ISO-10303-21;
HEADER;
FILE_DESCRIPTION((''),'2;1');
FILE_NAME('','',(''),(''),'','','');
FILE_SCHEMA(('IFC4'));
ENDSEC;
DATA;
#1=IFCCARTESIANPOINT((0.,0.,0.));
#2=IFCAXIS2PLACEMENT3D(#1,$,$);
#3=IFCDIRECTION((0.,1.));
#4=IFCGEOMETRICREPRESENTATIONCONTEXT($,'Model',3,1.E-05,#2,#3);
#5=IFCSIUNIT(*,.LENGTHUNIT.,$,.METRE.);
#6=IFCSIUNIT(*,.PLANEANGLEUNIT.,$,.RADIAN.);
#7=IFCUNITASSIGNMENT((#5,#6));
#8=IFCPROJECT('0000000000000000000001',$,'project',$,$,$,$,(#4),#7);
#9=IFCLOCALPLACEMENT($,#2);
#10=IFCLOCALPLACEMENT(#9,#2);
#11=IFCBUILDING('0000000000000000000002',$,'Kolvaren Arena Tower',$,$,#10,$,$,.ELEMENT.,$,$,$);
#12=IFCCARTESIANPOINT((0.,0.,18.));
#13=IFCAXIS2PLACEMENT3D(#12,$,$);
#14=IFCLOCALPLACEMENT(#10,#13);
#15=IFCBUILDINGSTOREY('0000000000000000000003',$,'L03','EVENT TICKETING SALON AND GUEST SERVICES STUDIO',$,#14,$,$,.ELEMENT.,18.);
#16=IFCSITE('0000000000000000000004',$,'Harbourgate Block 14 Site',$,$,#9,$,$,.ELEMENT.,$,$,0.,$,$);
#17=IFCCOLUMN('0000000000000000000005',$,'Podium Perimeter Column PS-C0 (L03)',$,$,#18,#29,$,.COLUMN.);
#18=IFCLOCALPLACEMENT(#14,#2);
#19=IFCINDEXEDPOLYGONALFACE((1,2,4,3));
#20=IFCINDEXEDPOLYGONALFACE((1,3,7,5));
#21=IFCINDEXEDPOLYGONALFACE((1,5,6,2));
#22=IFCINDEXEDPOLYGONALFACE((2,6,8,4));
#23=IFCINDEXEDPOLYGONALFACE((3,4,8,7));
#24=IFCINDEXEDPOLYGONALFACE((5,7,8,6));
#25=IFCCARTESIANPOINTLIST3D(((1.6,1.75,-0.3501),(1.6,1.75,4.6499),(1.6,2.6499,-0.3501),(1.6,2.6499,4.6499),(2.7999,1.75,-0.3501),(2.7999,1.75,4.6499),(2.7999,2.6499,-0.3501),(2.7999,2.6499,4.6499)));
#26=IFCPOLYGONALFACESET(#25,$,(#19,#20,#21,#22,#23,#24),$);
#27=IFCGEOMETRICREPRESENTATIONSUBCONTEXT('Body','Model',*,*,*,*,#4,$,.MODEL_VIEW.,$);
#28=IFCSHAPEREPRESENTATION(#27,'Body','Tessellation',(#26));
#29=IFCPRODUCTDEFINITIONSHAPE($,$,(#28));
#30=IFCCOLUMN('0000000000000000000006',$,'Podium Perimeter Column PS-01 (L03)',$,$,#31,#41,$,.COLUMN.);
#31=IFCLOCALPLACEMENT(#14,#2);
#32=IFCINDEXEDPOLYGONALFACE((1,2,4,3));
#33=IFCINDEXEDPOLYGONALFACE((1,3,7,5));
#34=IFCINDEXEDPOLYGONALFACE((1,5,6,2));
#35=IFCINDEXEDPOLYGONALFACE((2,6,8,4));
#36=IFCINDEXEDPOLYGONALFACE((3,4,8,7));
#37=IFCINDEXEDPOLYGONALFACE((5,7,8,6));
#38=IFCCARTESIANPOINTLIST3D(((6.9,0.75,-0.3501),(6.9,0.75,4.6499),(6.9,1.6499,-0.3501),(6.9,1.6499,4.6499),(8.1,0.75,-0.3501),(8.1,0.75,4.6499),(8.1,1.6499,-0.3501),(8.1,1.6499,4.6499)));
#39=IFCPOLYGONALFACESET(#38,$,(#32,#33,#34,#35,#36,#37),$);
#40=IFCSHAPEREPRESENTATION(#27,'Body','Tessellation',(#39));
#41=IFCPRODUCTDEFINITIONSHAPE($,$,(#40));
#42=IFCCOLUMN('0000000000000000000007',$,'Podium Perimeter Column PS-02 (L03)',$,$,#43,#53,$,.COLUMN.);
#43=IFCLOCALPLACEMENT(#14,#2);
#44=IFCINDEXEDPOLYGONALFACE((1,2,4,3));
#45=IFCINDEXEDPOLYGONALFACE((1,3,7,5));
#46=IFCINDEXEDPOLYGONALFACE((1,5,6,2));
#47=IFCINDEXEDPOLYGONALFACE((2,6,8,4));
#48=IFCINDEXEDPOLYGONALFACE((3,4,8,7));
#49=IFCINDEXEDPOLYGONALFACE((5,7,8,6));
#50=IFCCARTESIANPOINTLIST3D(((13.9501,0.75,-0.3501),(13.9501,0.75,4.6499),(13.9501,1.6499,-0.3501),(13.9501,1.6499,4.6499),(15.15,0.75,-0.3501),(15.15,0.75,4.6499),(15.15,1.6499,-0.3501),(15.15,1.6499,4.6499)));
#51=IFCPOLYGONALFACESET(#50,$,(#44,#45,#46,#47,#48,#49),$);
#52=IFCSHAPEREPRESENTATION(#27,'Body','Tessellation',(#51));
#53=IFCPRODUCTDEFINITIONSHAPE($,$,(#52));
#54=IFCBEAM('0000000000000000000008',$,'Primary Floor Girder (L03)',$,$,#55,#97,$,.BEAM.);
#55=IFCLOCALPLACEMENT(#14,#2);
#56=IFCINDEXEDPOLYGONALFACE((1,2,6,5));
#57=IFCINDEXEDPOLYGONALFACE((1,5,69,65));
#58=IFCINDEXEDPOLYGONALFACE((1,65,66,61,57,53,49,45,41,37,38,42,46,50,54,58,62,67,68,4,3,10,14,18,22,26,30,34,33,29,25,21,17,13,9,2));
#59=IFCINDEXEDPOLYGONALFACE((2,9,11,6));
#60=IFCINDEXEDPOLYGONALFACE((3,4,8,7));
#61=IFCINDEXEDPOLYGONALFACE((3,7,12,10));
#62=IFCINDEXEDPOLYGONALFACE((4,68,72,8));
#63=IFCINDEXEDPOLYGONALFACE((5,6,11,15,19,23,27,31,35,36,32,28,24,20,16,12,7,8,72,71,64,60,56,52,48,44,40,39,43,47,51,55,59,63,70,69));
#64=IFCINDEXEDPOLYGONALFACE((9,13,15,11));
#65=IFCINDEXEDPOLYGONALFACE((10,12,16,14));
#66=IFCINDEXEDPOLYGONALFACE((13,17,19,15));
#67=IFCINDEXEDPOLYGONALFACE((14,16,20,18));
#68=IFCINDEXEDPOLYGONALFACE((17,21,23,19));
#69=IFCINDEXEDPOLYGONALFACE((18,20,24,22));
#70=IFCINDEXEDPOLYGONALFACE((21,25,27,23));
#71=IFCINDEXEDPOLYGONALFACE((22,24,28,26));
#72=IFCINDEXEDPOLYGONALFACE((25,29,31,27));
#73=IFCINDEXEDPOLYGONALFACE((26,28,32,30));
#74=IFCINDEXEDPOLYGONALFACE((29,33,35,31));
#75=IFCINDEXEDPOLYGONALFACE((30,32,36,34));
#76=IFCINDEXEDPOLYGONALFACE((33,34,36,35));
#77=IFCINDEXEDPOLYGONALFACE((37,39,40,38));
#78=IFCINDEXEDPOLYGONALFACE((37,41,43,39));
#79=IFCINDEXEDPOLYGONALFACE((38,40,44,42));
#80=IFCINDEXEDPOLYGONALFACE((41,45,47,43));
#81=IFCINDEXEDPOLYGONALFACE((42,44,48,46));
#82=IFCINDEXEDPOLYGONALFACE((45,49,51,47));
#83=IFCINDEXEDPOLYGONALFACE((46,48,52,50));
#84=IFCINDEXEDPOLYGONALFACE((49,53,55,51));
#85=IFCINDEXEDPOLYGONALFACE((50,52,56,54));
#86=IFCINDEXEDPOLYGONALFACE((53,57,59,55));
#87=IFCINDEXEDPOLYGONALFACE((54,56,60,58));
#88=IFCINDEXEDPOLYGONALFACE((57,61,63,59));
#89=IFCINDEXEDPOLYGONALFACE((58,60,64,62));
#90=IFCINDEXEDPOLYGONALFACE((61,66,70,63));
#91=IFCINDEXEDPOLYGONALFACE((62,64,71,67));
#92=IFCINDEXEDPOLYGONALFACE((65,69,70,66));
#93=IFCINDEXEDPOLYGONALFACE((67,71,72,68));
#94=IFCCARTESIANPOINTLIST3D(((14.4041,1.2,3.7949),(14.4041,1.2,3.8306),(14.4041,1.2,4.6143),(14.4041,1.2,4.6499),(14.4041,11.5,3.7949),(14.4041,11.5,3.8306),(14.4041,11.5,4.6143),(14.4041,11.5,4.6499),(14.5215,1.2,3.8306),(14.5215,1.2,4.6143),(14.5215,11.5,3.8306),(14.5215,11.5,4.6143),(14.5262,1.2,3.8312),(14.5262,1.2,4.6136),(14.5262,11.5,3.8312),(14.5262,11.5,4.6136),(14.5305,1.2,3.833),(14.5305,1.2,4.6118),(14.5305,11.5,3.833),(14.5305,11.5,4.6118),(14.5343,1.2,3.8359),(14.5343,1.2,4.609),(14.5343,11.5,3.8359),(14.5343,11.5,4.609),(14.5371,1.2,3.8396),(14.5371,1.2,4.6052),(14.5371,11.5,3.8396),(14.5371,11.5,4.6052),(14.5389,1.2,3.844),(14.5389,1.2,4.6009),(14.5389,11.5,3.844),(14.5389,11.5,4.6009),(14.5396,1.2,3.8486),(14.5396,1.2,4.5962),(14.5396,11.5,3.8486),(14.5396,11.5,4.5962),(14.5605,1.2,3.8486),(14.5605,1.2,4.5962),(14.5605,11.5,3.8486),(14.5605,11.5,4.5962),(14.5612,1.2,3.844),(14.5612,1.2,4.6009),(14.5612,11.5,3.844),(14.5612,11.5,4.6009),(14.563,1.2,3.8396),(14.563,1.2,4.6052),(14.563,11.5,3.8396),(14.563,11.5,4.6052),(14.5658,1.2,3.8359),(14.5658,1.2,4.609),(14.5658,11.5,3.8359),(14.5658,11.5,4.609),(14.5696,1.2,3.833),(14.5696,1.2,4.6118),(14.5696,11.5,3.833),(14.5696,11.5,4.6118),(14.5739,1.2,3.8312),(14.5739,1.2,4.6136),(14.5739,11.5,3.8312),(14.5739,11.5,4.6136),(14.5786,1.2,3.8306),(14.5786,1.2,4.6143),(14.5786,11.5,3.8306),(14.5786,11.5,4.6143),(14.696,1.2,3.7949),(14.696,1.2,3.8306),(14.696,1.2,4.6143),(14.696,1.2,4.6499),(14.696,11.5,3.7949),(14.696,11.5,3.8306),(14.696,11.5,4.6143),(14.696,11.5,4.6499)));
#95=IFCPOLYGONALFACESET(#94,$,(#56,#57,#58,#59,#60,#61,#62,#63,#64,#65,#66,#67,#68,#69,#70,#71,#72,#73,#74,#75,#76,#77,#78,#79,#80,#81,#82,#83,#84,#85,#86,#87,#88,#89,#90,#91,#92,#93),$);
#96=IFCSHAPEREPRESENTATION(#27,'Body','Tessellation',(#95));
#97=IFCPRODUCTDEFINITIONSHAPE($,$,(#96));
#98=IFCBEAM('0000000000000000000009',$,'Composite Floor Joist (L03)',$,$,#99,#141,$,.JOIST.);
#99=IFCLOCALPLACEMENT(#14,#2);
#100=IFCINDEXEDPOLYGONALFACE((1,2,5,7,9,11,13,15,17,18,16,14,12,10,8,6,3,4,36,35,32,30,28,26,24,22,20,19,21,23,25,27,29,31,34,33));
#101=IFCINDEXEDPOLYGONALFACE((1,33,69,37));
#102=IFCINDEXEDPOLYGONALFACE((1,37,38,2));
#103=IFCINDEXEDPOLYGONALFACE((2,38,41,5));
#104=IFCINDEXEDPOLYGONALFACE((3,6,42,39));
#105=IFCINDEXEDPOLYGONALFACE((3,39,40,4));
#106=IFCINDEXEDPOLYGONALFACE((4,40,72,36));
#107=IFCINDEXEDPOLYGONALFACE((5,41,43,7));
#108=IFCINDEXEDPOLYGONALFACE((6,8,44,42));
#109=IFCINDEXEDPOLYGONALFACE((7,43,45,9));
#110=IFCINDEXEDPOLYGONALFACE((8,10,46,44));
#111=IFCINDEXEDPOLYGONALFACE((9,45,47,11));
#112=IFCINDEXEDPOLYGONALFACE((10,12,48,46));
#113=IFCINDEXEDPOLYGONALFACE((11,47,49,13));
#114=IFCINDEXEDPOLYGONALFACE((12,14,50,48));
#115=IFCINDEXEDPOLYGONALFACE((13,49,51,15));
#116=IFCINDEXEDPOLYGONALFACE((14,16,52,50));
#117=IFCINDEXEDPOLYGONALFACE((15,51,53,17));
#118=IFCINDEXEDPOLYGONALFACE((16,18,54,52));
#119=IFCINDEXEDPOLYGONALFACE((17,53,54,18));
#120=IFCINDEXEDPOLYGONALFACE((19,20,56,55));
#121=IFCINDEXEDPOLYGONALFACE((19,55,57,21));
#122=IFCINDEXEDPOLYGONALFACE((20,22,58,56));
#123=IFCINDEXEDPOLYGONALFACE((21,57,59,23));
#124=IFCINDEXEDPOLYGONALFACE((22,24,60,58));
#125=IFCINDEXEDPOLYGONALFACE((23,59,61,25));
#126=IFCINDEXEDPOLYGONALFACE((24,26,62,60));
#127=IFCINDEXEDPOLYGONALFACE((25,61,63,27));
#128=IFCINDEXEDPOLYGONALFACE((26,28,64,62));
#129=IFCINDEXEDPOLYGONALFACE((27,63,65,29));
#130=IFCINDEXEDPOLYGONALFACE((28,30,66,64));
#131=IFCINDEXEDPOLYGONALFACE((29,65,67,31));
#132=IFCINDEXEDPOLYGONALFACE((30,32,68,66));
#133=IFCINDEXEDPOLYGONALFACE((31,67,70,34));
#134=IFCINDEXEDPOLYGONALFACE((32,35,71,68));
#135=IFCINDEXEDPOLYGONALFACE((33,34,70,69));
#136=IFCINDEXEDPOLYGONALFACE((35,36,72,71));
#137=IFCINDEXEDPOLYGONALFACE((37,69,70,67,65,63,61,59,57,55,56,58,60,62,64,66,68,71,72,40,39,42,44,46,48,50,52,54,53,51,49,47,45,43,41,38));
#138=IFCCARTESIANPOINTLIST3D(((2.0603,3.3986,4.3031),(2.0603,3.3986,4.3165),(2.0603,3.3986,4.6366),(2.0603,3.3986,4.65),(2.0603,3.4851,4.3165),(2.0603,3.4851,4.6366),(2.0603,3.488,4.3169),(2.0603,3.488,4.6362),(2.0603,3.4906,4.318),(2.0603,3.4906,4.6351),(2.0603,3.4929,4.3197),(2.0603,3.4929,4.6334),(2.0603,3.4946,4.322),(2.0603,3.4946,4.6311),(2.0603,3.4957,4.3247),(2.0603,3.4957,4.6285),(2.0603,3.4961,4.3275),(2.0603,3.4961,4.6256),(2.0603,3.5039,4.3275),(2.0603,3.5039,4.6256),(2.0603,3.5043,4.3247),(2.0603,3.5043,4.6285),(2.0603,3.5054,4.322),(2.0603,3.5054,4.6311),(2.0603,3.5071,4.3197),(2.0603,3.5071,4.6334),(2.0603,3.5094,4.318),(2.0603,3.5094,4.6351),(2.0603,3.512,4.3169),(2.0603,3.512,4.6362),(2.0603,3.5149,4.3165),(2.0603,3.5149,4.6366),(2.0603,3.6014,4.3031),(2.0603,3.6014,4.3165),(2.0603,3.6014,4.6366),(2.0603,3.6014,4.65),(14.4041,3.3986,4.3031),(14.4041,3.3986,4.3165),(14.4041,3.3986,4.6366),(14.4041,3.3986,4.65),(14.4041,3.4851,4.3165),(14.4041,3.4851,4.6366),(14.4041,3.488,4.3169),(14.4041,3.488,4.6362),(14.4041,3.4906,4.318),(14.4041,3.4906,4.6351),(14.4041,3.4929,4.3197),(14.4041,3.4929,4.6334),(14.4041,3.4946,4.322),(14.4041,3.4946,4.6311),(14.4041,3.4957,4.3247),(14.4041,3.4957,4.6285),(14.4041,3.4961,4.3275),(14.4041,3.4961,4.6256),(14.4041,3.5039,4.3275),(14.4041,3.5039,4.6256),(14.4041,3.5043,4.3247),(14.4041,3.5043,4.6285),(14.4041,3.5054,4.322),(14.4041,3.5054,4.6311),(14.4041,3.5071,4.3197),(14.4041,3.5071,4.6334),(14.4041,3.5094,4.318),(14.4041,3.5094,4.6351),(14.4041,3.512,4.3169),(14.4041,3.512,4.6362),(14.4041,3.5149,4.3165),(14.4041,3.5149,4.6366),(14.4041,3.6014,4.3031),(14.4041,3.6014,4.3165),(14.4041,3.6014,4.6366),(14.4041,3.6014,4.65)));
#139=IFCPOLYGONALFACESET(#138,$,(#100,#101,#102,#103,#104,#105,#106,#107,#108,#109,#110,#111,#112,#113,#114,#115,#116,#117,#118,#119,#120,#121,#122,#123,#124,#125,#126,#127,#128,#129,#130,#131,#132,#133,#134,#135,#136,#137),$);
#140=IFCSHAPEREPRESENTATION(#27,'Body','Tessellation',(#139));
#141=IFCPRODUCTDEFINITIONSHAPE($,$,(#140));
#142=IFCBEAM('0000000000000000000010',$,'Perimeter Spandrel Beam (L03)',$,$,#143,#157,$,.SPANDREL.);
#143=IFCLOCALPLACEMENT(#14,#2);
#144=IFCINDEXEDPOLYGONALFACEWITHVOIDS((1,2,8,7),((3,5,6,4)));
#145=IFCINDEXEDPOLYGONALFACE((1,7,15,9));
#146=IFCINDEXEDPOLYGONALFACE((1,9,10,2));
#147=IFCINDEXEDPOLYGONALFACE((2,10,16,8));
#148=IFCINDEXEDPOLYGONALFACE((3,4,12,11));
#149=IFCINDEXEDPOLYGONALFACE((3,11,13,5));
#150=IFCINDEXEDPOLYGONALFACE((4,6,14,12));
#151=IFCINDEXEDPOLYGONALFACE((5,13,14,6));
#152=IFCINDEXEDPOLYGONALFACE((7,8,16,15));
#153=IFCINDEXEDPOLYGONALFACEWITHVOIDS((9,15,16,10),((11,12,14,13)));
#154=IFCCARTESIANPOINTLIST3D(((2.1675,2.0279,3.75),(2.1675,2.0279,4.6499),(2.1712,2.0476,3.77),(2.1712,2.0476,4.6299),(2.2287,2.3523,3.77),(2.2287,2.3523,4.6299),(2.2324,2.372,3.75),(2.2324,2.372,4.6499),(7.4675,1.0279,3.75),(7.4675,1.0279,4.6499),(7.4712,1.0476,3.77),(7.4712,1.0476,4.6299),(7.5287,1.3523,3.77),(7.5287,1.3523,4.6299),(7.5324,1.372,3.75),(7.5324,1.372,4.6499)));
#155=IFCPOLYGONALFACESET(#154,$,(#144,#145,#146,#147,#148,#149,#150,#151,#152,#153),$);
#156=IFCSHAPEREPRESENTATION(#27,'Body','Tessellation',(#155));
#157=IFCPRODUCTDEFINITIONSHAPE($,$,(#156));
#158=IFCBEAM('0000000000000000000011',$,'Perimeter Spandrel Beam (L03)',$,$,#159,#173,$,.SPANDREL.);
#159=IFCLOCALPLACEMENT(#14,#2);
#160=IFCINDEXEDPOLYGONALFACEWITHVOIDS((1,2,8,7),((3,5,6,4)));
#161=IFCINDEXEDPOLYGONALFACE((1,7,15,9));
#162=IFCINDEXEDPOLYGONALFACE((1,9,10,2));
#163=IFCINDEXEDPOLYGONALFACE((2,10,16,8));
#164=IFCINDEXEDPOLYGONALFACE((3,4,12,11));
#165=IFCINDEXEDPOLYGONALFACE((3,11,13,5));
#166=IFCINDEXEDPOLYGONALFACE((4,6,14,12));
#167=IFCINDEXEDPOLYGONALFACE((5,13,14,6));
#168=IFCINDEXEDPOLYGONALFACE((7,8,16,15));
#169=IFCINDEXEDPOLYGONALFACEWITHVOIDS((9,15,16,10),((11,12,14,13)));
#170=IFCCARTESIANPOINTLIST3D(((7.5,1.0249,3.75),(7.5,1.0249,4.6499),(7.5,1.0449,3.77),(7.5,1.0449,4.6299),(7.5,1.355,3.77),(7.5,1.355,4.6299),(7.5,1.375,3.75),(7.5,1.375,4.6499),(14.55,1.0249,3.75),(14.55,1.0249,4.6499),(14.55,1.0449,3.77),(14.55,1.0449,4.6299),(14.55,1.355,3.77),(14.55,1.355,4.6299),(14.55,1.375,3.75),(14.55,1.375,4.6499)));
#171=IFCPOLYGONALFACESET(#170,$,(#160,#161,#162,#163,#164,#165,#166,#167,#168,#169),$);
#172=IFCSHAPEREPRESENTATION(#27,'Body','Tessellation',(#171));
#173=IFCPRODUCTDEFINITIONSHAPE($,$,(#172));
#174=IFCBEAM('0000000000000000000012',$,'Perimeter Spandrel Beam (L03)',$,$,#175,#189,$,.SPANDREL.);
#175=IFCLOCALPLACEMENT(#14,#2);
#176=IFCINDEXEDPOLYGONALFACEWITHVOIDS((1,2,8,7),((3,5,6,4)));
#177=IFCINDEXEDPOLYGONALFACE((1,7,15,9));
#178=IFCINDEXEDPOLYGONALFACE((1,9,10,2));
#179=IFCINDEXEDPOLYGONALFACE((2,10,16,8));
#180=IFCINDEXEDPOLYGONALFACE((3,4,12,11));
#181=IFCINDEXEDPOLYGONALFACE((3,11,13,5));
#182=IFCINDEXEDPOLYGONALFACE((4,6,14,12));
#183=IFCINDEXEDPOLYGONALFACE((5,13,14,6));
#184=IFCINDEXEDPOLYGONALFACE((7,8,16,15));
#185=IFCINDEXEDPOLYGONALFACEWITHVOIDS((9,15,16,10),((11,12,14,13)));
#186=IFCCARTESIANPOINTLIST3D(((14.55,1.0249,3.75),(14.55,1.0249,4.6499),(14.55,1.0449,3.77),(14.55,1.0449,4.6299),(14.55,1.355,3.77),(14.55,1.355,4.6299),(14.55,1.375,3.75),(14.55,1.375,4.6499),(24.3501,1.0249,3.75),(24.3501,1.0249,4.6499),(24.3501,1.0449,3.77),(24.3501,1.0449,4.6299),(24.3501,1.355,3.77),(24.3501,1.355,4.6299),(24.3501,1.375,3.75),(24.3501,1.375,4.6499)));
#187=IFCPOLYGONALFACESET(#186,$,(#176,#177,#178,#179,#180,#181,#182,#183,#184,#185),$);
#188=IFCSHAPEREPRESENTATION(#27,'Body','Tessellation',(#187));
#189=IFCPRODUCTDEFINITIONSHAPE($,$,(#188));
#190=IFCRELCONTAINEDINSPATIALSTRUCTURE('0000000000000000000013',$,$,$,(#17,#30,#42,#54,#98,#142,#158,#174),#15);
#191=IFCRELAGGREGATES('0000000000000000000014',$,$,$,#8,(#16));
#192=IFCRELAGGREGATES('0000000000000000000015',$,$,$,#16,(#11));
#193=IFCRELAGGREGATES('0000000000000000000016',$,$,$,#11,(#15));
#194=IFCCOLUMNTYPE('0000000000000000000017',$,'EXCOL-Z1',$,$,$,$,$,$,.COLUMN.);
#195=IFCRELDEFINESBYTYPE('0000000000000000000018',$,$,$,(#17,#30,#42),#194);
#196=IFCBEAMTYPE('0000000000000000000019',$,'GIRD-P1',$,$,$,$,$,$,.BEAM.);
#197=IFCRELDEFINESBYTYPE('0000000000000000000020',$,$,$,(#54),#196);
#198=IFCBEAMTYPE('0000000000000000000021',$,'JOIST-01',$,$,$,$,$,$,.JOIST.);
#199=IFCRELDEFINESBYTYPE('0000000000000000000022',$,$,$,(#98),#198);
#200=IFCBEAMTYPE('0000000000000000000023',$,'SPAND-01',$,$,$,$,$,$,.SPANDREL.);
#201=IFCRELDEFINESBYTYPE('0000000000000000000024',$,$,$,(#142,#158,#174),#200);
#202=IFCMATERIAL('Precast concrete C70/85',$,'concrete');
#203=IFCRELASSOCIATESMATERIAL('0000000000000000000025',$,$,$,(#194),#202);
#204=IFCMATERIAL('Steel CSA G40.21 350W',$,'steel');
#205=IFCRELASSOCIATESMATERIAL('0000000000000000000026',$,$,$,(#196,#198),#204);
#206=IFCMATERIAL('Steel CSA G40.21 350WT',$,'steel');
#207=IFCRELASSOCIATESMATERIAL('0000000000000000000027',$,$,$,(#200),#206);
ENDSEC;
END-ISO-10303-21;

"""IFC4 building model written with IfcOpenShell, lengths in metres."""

from ifc_helpers import new_model, si_unit, direction, frame, origin, origin_2d, place, context, subcontext, project, spatial, rectangle, hollow_rectangle, i_section, extrude, material, material_profile, profile_set, type_object, element, save


model = new_model("IFC4")

# Units and contexts
model_context = context("Model", 3, precision=1e-05, world=origin(), true_north=direction((0.0, 1.0)))
body_context = subcontext(model_context, "Body", "Model", "MODEL_VIEW")
ifc_project = project(units=[si_unit("LENGTHUNIT", "METRE"), si_unit("PLANEANGLEUNIT", "RADIAN")], contexts=[model_context])

# Site, building, storey
site_placement = place(None, origin())
site = spatial("IfcSite", under=ifc_project, at=site_placement, Name="Harbourgate Block 14 Site", CompositionType="ELEMENT", RefElevation=0.0)
building_placement = place(site_placement, origin())
building = spatial("IfcBuilding", under=site, at=building_placement, Name="Kolvaren Arena Tower", CompositionType="ELEMENT")
storey_placement = place(building_placement, frame((0.0, 0.0, 18.0)))
storey = spatial("IfcBuildingStorey", under=building, at=storey_placement, Name="L03", Description="EVENT TICKETING SALON AND GUEST SERVICES STUDIO", CompositionType="ELEMENT", Elevation=18.0)

# Columns
ifc_material_1 = material(Name="Precast concrete C70/85", Category="concrete")
ifc_material_profile_1 = material_profile(ifc_material_1, rectangle(XDim=1.2, YDim=0.8999, at=origin_2d()), Name="RC-1200x900")
ifc_profile_set_1 = profile_set([ifc_material_profile_1], Name="Precast concrete C70/85")
column_type = type_object("IfcColumnType", Name="EXCOL-Z1", PredefinedType="COLUMN", material=ifc_profile_set_1)
for number, where, z_axis, x_axis, name in (
    (1, (2.2, 2.2, -0.3501), (0.0, 0.0, 1.0), (1.0, 0.0, 0.0), "Podium Perimeter Column PS-C0 (L03)"),
    (2, (7.5, 1.2, -0.3501), (0.0, 0.0, 1.0), (1.0, 0.0, 0.0), "Podium Perimeter Column PS-01 (L03)"),
    (3, (14.55, 1.2, -0.3501), (0.0, 0.0, 1.0), (1.0, 0.0, 0.0), "Podium Perimeter Column PS-02 (L03)"),
):
    element("IfcColumn", number, at=place(storey_placement, frame(where, z_axis=z_axis, x_axis=x_axis)), inside=storey, type_object=column_type, Name=name, PredefinedType="COLUMN", context=body_context, shape_type="SweptSolid", body=[
        extrude(rectangle(XDim=1.2, YDim=0.8999, at=origin_2d()), origin(), (0.0, 0.0, 1.0), 5.0),
    ])

# Beams
ifc_material_2 = material(Name="Steel CSA G40.21 350W", Category="steel")
ifc_material_profile_2 = material_profile(ifc_material_2, i_section(OverallWidth=0.292, OverallDepth=0.855, WebThickness=0.021, FlangeThickness=0.0356, FilletRadius=0.0181, at=origin_2d()), Name="W840x299")
ifc_profile_set_2 = profile_set([ifc_material_profile_2], Name="Steel CSA G40.21 350W")
beam_type_1 = type_object("IfcBeamType", Name="GIRD-P1", PredefinedType="BEAM", material=ifc_profile_set_2)
beam_1_placement = place(storey_placement, frame((14.55, 1.2, 4.2224), z_axis=(0.0, 1.0, 0.0), x_axis=(-1.0, 0.0, 0.0)))
element("IfcBeam", 4, at=beam_1_placement, inside=storey, type_object=beam_type_1, Name="Primary Floor Girder (L03)", PredefinedType="BEAM", context=body_context, shape_type="SweptSolid", body=[
    extrude(i_section(OverallWidth=0.292, OverallDepth=0.855, WebThickness=0.021, FlangeThickness=0.0356, FilletRadius=0.0181, at=origin_2d()), origin(), (0.0, 0.0, 1.0), 10.3),
])
ifc_material_profile_3 = material_profile(ifc_material_2, i_section(OverallWidth=0.2029, OverallDepth=0.3469, WebThickness=0.0078, FlangeThickness=0.0134, FilletRadius=0.011, at=origin_2d()), Name="W360x64")
ifc_profile_set_3 = profile_set([ifc_material_profile_3], Name="Steel CSA G40.21 350W")
beam_type_2 = type_object("IfcBeamType", Name="JOIST-01", PredefinedType="JOIST", material=ifc_profile_set_3)
beam_2_placement = place(storey_placement, frame((2.0603, 3.5, 4.4766), z_axis=(1.0, 0.0, 0.0), x_axis=(0.0, 1.0, 0.0)))
element("IfcBeam", 5, at=beam_2_placement, inside=storey, type_object=beam_type_2, Name="Composite Floor Joist (L03)", PredefinedType="JOIST", context=body_context, shape_type="SweptSolid", body=[
    extrude(i_section(OverallWidth=0.2029, OverallDepth=0.3469, WebThickness=0.0078, FlangeThickness=0.0134, FilletRadius=0.011, at=origin_2d()), origin(), (0.0, 0.0, 1.0), 12.3438),
])
ifc_material_3 = material(Name="Steel CSA G40.21 350WT", Category="steel")
ifc_material_profile_4 = material_profile(ifc_material_3, hollow_rectangle(XDim=0.3501, YDim=0.8999, WallThickness=0.02, at=origin_2d()), Name="HSS 900x350x20")
ifc_profile_set_4 = profile_set([ifc_material_profile_4], Name="Steel CSA G40.21 350WT")
beam_type_3 = type_object("IfcBeamType", Name="SPAND-01", PredefinedType="SPANDREL", material=ifc_profile_set_4)
beam_3_placement = place(storey_placement, frame((2.2, 2.2, 4.2), z_axis=(0.982662, -0.185406, 0.0), x_axis=(0.185406, 0.982662, 0.0)))
element("IfcBeam", 6, at=beam_3_placement, inside=storey, type_object=beam_type_3, Name="Perimeter Spandrel Beam (L03)", PredefinedType="SPANDREL", context=body_context, shape_type="SweptSolid", body=[
    extrude(hollow_rectangle(XDim=0.3501, YDim=0.8999, WallThickness=0.02, at=origin_2d()), origin(), (0.0, 0.0, 1.0), 5.3936),
])
beam_4_placement = place(storey_placement, frame((7.5, 1.2, 4.2), z_axis=(1.0, 0.0, 0.0), x_axis=(0.0, 1.0, 0.0)))
element("IfcBeam", 7, at=beam_4_placement, inside=storey, type_object=beam_type_3, Name="Perimeter Spandrel Beam (L03)", PredefinedType="SPANDREL", context=body_context, shape_type="SweptSolid", body=[
    extrude(hollow_rectangle(XDim=0.3501, YDim=0.8999, WallThickness=0.02, at=origin_2d()), origin(), (0.0, 0.0, 1.0), 7.05),
])
beam_5_placement = place(storey_placement, frame((14.55, 1.2, 4.2), z_axis=(1.0, 0.0, 0.0), x_axis=(0.0, 1.0, 0.0)))
element("IfcBeam", 8, at=beam_5_placement, inside=storey, type_object=beam_type_3, Name="Perimeter Spandrel Beam (L03)", PredefinedType="SPANDREL", context=body_context, shape_type="SweptSolid", body=[
    extrude(hollow_rectangle(XDim=0.3501, YDim=0.8999, WallThickness=0.02, at=origin_2d()), origin(), (0.0, 0.0, 1.0), 9.8),
])

save(model, "model.ifc")
